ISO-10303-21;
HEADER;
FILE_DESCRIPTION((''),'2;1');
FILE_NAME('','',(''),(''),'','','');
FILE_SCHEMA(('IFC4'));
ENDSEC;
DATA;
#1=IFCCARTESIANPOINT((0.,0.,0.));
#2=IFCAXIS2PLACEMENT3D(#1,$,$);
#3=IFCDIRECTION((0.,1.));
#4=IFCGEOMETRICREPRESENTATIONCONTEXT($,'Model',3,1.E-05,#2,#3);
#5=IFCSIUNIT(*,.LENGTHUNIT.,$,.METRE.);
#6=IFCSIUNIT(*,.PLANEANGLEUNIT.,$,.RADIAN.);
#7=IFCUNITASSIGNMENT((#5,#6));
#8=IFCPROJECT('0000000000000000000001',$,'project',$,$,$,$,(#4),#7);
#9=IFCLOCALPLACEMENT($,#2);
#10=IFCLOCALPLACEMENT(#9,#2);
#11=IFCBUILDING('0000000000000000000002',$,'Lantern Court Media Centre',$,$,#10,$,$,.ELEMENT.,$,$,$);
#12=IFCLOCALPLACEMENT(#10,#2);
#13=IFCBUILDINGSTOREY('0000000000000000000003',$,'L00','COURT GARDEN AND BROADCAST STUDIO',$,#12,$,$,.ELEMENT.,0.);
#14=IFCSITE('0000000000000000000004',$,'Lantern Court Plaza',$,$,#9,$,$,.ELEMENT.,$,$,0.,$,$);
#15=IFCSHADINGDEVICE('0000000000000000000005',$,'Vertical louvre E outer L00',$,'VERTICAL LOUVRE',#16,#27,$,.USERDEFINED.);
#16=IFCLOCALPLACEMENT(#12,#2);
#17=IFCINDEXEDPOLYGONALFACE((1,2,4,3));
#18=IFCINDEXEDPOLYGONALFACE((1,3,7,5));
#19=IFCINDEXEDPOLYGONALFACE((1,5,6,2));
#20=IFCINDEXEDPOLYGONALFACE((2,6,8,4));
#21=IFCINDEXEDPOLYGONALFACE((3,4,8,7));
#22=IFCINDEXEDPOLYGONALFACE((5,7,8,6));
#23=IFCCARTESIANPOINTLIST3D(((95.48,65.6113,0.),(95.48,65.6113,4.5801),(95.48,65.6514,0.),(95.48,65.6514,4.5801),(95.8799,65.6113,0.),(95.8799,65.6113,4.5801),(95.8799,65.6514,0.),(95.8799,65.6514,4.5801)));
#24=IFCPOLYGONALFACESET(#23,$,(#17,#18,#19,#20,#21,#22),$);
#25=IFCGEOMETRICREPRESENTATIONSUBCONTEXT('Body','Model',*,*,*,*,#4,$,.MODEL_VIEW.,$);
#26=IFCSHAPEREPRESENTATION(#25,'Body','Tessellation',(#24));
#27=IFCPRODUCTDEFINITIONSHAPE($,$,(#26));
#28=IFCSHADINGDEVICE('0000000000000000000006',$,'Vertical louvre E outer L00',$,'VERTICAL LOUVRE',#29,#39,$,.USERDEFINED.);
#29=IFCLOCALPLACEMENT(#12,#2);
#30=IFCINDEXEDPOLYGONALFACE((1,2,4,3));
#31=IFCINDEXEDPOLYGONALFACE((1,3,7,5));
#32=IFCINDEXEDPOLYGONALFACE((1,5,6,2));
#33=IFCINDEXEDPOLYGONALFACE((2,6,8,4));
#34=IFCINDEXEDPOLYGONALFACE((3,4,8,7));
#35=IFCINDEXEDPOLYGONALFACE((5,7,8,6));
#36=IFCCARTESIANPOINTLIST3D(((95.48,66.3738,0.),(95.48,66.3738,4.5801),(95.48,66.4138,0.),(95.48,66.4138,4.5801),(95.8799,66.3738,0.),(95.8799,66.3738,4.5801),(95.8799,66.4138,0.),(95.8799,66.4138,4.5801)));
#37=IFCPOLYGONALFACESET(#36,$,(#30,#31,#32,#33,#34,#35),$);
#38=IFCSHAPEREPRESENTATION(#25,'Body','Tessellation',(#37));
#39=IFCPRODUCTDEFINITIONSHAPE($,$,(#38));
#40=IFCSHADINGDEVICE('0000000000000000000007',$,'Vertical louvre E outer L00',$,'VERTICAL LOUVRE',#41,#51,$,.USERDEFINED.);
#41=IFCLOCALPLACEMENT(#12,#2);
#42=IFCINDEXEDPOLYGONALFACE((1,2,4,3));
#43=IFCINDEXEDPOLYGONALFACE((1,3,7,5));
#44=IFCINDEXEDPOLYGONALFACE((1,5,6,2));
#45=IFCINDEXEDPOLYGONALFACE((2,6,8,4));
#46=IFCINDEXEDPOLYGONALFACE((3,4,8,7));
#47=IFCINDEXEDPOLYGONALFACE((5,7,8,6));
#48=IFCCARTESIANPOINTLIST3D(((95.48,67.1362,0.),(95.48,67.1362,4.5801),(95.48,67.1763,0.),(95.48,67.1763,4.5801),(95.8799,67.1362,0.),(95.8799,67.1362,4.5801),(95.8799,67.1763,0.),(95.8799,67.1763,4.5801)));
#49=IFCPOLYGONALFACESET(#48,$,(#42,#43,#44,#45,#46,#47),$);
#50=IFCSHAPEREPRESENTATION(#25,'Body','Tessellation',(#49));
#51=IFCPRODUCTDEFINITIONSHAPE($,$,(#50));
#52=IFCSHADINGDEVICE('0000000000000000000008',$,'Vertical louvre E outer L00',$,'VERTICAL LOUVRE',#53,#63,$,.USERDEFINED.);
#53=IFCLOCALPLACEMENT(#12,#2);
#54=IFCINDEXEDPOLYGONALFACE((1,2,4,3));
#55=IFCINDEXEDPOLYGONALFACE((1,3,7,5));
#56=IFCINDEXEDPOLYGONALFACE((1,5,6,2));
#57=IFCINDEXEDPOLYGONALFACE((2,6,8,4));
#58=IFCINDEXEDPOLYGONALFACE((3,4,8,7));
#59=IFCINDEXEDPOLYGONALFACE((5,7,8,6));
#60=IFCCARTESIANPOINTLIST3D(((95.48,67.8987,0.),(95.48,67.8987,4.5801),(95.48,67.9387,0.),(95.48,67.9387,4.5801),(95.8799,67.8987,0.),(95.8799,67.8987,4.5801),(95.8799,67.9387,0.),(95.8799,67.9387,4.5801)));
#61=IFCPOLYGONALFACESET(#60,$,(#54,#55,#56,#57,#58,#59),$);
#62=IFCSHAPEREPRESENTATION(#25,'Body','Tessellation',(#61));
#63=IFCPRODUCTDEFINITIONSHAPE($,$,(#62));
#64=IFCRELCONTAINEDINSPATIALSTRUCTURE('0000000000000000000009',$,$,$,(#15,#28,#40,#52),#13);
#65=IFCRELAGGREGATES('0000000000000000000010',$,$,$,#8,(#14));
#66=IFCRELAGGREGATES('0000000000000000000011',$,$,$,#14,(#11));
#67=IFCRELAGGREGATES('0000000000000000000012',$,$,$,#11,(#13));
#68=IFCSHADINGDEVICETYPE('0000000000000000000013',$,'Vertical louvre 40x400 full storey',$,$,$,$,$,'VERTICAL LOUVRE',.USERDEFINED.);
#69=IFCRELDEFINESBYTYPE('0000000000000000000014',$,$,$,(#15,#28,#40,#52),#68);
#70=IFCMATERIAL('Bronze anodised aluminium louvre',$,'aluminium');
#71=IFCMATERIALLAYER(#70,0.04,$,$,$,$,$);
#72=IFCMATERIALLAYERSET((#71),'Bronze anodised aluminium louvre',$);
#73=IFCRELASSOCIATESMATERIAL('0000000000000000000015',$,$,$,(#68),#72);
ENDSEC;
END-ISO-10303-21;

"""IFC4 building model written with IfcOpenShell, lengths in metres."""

from ifc_helpers import new_model, si_unit, direction, frame, origin, origin_2d, place, context, subcontext, project, spatial, rectangle, extrude, material, layer, layer_set, type_object, element, save


model = new_model("IFC4")

# Units and contexts
model_context = context("Model", 3, precision=1e-05, world=origin(), true_north=direction((0.0, 1.0)))
body_context = subcontext(model_context, "Body", "Model", "MODEL_VIEW")
ifc_project = project(units=[si_unit("LENGTHUNIT", "METRE"), si_unit("PLANEANGLEUNIT", "RADIAN")], contexts=[model_context])

# Site, building, storey
site_placement = place(None, origin())
site = spatial("IfcSite", under=ifc_project, at=site_placement, Name="Lantern Court Plaza", CompositionType="ELEMENT", RefElevation=0.0)
building_placement = place(site_placement, origin())
building = spatial("IfcBuilding", under=site, at=building_placement, Name="Lantern Court Media Centre", CompositionType="ELEMENT")
storey_placement = place(building_placement, origin())
storey = spatial("IfcBuildingStorey", under=building, at=storey_placement, Name="L00", Description="COURT GARDEN AND BROADCAST STUDIO", CompositionType="ELEMENT", Elevation=0.0)

# Shading devices
ifc_material_1 = material(Name="Bronze anodised aluminium louvre", Category="aluminium")
ifc_layer_1 = layer(ifc_material_1, 0.04)
ifc_layer_set_1 = layer_set([ifc_layer_1], Name="Bronze anodised aluminium louvre")
shading_device_type = type_object("IfcShadingDeviceType", Name="Vertical louvre 40x400 full storey", ElementType="VERTICAL LOUVRE", PredefinedType="USERDEFINED", material=ifc_layer_set_1)
for number, where, z_axis, x_axis, name in (
    (1, (95.6799, 65.6313, 0.0), (0.0, 0.0, 1.0), (1.0, 0.0, 0.0), "Vertical louvre E outer L00"),
    (2, (95.6799, 66.3938, 0.0), (0.0, 0.0, 1.0), (1.0, 0.0, 0.0), "Vertical louvre E outer L00"),
    (3, (95.6799, 67.1562, 0.0), (0.0, 0.0, 1.0), (1.0, 0.0, 0.0), "Vertical louvre E outer L00"),
    (4, (95.6799, 67.9187, 0.0), (0.0, 0.0, 1.0), (1.0, 0.0, 0.0), "Vertical louvre E outer L00"),
):
    element("IfcShadingDevice", number, at=place(storey_placement, frame(where, z_axis=z_axis, x_axis=x_axis)), inside=storey, type_object=shading_device_type, Name=name, ObjectType="VERTICAL LOUVRE", PredefinedType="USERDEFINED", context=body_context, shape_type="SweptSolid", body=[
        extrude(rectangle(XDim=0.3999, YDim=0.04, at=origin_2d()), origin(), (0.0, 0.0, 1.0), 4.5801),
    ])

save(model, "model.ifc")
